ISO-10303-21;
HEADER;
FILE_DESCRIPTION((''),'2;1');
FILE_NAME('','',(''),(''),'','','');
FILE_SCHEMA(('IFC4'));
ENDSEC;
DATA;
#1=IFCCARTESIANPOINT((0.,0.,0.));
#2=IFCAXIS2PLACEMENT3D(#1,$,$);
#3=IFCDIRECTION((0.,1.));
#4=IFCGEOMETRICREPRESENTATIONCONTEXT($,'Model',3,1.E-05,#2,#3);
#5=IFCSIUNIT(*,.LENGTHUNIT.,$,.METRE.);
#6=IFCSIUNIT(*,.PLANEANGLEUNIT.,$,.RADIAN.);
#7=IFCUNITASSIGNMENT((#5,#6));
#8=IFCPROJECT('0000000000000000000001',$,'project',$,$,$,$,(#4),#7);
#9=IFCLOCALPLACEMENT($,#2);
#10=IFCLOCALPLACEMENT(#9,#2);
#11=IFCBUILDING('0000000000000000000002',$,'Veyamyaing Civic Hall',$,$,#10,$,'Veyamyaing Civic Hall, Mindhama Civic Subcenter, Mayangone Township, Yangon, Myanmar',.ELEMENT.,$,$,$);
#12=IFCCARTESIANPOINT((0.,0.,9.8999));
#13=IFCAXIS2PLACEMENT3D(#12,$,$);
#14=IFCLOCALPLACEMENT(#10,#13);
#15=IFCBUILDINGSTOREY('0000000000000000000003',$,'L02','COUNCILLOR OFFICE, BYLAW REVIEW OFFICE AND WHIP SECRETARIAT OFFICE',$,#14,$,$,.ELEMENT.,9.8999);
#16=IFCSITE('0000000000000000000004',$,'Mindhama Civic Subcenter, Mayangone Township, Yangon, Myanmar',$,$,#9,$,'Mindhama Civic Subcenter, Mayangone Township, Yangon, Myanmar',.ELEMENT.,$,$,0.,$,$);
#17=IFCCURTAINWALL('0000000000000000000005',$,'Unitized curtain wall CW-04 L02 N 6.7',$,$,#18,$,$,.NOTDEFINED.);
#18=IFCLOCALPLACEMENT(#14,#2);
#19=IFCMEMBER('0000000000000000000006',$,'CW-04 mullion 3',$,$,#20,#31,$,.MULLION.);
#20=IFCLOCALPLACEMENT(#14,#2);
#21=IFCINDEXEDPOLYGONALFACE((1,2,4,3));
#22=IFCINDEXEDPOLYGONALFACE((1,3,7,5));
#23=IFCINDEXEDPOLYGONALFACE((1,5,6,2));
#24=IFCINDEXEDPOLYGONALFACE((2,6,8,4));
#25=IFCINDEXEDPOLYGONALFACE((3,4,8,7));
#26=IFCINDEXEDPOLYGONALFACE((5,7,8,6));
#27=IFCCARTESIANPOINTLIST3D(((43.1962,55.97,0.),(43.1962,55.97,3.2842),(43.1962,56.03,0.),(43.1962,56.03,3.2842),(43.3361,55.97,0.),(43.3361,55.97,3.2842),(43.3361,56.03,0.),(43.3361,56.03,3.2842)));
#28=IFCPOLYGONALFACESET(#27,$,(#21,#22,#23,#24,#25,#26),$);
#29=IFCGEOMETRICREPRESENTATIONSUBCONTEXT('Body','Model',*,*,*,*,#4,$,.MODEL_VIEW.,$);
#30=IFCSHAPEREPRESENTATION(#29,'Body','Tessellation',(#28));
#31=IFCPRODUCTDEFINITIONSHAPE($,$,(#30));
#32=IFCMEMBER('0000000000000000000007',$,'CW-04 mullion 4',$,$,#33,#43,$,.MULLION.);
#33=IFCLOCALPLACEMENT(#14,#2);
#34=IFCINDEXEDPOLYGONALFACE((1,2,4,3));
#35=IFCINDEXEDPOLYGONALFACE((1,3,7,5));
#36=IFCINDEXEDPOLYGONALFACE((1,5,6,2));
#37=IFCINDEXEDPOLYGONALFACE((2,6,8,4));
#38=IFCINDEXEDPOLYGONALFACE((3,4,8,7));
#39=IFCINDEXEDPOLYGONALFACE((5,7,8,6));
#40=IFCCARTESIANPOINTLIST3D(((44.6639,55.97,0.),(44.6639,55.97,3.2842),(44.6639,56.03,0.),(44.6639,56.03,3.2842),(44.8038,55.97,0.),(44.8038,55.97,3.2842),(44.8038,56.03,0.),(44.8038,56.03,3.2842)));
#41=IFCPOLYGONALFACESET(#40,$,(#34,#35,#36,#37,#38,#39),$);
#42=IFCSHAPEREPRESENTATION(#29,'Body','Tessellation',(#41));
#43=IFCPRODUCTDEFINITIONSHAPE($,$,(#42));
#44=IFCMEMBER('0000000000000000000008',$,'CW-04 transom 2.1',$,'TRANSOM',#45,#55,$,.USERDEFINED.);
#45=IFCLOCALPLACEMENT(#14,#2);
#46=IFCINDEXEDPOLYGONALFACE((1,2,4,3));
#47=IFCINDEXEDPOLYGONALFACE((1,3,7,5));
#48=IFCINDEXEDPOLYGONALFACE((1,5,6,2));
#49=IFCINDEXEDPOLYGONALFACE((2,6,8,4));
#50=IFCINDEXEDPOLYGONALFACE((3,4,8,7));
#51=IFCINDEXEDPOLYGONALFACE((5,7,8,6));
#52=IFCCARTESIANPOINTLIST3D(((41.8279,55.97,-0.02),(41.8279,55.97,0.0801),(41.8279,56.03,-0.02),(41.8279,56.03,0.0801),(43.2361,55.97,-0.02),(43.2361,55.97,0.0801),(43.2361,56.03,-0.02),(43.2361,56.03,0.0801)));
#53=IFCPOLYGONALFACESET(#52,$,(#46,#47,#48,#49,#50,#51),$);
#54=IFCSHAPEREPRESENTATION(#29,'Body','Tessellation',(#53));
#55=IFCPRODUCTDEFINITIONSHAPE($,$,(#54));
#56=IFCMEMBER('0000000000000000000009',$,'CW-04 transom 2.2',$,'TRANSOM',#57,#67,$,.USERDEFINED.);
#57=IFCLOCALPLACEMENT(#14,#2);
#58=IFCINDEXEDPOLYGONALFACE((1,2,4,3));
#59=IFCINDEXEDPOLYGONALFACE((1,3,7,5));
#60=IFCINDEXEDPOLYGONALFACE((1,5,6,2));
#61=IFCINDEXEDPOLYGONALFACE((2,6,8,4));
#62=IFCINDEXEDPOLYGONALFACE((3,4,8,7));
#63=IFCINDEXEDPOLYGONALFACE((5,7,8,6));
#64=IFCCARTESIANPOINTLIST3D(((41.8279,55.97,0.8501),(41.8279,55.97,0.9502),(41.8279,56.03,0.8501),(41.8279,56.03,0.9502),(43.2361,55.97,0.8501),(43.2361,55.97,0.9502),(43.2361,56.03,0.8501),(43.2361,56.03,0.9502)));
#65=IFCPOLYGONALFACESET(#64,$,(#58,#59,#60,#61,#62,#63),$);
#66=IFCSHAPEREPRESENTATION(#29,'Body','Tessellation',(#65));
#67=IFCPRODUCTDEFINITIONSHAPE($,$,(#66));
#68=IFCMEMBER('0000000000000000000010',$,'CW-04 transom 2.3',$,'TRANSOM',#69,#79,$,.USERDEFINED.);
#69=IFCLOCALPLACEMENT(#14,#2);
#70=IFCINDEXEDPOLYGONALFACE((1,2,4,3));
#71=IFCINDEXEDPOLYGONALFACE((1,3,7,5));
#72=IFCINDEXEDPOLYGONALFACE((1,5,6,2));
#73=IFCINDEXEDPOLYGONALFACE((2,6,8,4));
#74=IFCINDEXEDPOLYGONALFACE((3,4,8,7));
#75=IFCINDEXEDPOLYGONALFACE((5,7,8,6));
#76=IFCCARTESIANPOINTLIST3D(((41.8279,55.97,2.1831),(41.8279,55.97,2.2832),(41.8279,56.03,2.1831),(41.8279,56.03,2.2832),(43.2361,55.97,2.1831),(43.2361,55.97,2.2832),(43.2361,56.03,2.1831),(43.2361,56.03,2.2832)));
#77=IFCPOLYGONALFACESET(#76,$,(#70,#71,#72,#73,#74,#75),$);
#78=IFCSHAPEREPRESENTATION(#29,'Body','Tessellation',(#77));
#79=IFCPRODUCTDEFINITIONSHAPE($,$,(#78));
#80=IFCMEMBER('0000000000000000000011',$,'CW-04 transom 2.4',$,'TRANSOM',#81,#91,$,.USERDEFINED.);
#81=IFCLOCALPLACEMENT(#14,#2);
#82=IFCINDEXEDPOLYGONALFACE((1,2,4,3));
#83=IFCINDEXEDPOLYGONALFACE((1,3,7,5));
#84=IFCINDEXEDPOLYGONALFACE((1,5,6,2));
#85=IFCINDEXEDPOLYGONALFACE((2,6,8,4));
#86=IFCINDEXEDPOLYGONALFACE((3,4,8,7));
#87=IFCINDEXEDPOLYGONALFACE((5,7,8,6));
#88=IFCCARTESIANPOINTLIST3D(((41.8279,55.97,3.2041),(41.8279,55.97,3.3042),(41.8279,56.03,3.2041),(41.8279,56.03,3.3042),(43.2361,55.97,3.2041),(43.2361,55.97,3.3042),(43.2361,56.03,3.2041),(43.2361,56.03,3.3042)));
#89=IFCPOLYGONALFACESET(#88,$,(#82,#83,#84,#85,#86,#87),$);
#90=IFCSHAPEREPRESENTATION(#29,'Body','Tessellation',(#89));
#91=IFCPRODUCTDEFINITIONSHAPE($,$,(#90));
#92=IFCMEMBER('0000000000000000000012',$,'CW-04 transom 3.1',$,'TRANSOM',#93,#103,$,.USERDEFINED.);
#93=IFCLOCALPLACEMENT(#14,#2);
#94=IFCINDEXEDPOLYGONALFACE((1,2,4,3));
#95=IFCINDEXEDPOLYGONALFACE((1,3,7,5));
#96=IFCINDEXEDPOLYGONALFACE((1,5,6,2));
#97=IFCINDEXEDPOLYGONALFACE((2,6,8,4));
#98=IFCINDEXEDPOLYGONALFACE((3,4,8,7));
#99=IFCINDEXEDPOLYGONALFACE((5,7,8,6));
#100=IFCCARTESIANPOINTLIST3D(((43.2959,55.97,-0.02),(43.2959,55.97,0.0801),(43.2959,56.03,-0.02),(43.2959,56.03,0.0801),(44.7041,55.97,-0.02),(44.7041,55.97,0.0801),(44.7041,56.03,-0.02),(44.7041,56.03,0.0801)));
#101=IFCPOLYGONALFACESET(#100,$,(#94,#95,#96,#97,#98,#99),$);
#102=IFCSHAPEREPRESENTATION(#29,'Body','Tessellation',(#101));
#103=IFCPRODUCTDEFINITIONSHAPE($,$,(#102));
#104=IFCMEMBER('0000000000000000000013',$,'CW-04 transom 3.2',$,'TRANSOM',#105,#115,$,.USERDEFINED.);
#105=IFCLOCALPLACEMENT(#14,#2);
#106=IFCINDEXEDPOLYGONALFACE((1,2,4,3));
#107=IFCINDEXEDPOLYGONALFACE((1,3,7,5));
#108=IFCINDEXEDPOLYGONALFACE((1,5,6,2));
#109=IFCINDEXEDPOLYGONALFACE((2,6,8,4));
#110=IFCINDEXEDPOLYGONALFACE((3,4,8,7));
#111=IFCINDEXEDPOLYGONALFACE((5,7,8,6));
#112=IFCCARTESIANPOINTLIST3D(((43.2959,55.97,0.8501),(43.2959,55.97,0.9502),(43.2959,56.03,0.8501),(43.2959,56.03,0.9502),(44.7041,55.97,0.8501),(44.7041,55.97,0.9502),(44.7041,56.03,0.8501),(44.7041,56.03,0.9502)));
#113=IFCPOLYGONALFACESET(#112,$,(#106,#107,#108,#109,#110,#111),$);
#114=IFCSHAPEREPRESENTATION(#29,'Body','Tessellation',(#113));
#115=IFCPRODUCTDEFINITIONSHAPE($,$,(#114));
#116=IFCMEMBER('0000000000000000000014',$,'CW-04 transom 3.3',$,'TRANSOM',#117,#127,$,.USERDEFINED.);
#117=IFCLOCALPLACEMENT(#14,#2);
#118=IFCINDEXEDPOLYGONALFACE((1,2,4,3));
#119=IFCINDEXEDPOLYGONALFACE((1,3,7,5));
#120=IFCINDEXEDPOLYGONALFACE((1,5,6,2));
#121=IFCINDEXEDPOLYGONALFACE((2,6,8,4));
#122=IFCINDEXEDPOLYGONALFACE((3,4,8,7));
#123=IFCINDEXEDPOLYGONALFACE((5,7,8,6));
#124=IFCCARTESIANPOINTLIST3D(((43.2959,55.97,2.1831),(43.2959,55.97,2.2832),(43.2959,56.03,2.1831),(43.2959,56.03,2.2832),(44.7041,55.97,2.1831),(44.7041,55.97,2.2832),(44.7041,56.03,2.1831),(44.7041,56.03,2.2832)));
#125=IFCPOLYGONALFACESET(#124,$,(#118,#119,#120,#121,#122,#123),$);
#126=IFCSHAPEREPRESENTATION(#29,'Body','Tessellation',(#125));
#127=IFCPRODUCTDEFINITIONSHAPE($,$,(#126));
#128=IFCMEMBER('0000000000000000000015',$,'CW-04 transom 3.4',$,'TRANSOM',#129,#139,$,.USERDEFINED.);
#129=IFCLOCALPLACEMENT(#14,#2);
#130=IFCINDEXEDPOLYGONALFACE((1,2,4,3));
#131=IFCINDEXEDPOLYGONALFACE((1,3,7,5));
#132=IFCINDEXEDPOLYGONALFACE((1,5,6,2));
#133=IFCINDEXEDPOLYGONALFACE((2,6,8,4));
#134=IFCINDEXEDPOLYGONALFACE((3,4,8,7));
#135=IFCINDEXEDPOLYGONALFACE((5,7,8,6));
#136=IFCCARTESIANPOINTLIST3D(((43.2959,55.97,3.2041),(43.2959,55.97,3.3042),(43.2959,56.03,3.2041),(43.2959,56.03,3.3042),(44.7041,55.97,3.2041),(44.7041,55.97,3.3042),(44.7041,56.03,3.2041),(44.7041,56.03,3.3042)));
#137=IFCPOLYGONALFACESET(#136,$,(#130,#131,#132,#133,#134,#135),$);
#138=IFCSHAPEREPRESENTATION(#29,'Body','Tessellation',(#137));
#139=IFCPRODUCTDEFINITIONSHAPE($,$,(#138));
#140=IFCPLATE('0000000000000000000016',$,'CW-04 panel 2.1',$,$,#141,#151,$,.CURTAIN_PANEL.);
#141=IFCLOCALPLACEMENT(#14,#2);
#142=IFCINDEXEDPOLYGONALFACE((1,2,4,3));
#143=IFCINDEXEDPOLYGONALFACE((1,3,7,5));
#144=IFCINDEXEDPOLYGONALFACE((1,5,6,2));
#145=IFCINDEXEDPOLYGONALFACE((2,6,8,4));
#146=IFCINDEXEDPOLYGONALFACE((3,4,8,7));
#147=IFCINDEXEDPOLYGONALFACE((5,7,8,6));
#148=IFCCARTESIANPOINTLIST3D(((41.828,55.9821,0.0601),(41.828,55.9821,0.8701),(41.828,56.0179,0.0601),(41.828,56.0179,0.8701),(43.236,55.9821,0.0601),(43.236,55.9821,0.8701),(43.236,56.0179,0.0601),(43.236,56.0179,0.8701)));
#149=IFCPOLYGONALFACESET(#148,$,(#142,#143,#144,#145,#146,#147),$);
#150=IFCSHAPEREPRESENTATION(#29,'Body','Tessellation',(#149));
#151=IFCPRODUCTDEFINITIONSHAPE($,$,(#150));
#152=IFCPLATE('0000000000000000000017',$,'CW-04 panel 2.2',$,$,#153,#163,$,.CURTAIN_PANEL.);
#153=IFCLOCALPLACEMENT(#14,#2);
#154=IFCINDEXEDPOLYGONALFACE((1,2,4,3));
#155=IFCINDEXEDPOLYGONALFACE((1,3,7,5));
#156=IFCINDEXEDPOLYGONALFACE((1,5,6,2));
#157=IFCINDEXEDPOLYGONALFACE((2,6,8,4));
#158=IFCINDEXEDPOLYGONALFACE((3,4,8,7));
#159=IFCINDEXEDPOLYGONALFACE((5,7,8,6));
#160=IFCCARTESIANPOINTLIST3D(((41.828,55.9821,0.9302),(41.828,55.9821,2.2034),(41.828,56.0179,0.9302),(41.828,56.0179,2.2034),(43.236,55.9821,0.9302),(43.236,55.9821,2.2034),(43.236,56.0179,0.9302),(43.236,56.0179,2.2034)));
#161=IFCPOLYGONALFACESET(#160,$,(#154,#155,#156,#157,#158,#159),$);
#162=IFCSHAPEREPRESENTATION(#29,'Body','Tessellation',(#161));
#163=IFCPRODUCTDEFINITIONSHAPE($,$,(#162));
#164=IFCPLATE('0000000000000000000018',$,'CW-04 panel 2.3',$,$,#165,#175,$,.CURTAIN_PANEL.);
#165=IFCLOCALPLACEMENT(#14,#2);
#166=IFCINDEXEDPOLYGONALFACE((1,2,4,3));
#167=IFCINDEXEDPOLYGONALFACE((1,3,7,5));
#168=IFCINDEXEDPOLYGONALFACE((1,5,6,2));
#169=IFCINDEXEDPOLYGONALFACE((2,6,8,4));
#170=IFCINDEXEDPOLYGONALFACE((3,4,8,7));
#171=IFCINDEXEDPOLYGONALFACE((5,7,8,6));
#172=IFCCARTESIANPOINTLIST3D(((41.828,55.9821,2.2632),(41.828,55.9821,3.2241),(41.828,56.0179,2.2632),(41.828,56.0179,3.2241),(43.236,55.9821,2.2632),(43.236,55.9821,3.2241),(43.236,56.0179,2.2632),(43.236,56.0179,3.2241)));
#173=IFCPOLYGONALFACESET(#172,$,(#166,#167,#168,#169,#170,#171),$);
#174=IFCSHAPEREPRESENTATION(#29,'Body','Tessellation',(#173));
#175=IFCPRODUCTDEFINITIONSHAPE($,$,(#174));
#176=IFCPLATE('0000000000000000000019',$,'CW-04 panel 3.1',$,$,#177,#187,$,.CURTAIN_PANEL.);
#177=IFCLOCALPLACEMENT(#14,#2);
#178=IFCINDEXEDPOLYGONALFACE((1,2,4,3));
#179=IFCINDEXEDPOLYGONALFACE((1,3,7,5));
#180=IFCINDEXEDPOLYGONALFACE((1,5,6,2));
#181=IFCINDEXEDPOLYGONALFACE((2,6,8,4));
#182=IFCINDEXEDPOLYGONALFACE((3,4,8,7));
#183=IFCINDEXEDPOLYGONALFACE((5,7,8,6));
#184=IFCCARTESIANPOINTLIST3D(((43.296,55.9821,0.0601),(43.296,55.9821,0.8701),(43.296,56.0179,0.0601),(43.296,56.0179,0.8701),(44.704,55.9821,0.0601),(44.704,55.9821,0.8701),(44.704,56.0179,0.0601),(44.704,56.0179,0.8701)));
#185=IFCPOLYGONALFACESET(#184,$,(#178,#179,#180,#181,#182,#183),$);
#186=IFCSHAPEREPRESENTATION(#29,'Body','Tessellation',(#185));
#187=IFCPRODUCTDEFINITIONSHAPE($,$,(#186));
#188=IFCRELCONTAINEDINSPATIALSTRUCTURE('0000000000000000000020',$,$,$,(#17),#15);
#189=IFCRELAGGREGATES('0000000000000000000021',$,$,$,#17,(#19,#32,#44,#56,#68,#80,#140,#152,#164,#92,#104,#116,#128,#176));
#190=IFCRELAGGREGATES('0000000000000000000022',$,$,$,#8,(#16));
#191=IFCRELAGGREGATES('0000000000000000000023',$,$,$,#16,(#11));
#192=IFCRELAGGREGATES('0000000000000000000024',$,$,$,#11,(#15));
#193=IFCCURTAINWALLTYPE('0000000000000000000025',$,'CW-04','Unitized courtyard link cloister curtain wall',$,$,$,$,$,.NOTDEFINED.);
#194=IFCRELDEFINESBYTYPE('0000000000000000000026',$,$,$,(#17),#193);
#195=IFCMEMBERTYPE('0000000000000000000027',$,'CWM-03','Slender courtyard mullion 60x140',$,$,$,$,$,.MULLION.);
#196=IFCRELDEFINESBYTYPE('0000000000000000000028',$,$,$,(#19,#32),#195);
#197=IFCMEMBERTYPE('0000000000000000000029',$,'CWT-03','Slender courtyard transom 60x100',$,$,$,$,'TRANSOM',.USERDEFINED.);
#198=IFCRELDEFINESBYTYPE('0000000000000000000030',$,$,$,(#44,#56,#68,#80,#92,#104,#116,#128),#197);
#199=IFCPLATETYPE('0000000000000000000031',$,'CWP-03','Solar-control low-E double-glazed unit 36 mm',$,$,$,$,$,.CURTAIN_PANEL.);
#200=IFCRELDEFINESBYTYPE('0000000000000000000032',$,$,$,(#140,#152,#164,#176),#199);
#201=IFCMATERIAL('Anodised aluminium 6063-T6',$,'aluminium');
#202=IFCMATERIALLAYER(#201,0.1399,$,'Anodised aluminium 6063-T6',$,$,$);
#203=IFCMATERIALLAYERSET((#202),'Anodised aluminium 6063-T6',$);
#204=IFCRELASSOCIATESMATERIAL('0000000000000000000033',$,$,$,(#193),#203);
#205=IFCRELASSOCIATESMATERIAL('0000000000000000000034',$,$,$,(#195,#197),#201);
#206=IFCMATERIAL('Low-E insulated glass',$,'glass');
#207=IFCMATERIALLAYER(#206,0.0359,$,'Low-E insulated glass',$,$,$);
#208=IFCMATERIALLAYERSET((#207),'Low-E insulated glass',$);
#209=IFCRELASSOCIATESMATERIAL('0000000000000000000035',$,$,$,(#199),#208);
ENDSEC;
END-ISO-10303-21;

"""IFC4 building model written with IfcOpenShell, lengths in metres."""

from ifc_helpers import new_model, si_unit, direction, frame, origin, origin_2d, place, context, subcontext, project, spatial, rectangle, extrude, material, layer, layer_set, material_profile, profile_set, type_object, element, aggregate, save


model = new_model("IFC4")

# Units and contexts
model_context = context("Model", 3, precision=1e-05, world=origin(), true_north=direction((0.0, 1.0)))
body_context = subcontext(model_context, "Body", "Model", "MODEL_VIEW")
ifc_project = project(units=[si_unit("LENGTHUNIT", "METRE"), si_unit("PLANEANGLEUNIT", "RADIAN")], contexts=[model_context])

# Site, building, storey
site_placement = place(None, origin())
site = spatial("IfcSite", under=ifc_project, at=site_placement, Name="Mindhama Civic Subcenter, Mayangone Township, Yangon, Myanmar", LongName="Mindhama Civic Subcenter, Mayangone Township, Yangon, Myanmar", CompositionType="ELEMENT", RefElevation=0.0)
building_placement = place(site_placement, origin())
building = spatial("IfcBuilding", under=site, at=building_placement, Name="Veyamyaing Civic Hall", LongName="Veyamyaing Civic Hall, Mindhama Civic Subcenter, Mayangone Township, Yangon, Myanmar", CompositionType="ELEMENT")
storey_placement = place(building_placement, frame((0.0, 0.0, 9.8999)))
storey = spatial("IfcBuildingStorey", under=building, at=storey_placement, Name="L02", Description="COUNCILLOR OFFICE, BYLAW REVIEW OFFICE AND WHIP SECRETARIAT OFFICE", CompositionType="ELEMENT", Elevation=9.8999)

# Curtain wall, members, plates
ifc_material_1 = material(Name="Anodised aluminium 6063-T6", Category="aluminium")
ifc_layer_1 = layer(ifc_material_1, 0.1399, Name="Anodised aluminium 6063-T6")
ifc_layer_set_1 = layer_set([ifc_layer_1], Name="Anodised aluminium 6063-T6")
curtain_wall_type = type_object("IfcCurtainWallType", Name="CW-04", Description="Unitized courtyard link cloister curtain wall", PredefinedType="NOTDEFINED", material=ifc_layer_set_1)
curtain_wall_placement = place(storey_placement, origin())
curtain_wall = element("IfcCurtainWall", 1, at=curtain_wall_placement, inside=storey, type_object=curtain_wall_type, Name="Unitized curtain wall CW-04 L02 N 6.7", PredefinedType="NOTDEFINED")
ifc_material_profile_1 = material_profile(ifc_material_1, rectangle(XDim=0.0601, YDim=0.1399, at=origin_2d()), Name="ALU-MUL-60X140")
ifc_profile_set_1 = profile_set([ifc_material_profile_1], Name="Anodised aluminium 6063-T6")
member_type_1 = type_object("IfcMemberType", Name="CWM-03", Description="Slender courtyard mullion 60x140", PredefinedType="MULLION", material=ifc_profile_set_1)
member_1_placement = place(storey_placement, frame((43.2661, 56.0, 0.0), z_axis=(0.0, 0.0, 1.0), x_axis=(0.0, 1.0, 0.0)))
member_1 = element("IfcMember", 2, at=member_1_placement, type_object=member_type_1, Name="CW-04 mullion 3", PredefinedType="MULLION", context=body_context, shape_type="SweptSolid", body=[
    extrude(rectangle(XDim=0.0601, YDim=0.1399, at=origin_2d()), origin(), (0.0, 0.0, 1.0), 3.2842),
])
member_2_placement = place(storey_placement, frame((44.7339, 56.0, 0.0), z_axis=(0.0, 0.0, 1.0), x_axis=(0.0, 1.0, 0.0)))
member_2 = element("IfcMember", 3, at=member_2_placement, type_object=member_type_1, Name="CW-04 mullion 4", PredefinedType="MULLION", context=body_context, shape_type="SweptSolid", body=[
    extrude(rectangle(XDim=0.0601, YDim=0.1399, at=origin_2d()), origin(), (0.0, 0.0, 1.0), 3.2842),
])
ifc_material_profile_2 = material_profile(ifc_material_1, rectangle(XDim=0.0601, YDim=0.1001, at=origin_2d()), Name="ALU-TRN-60X100")
ifc_profile_set_2 = profile_set([ifc_material_profile_2], Name="Anodised aluminium 6063-T6")
member_type_2 = type_object("IfcMemberType", Name="CWT-03", Description="Slender courtyard transom 60x100", ElementType="TRANSOM", PredefinedType="USERDEFINED", material=ifc_profile_set_2)
member_3_placement = place(storey_placement, frame((41.8279, 56.0, 0.03), z_axis=(1.0, 0.0, 0.0), x_axis=(0.0, 1.0, 0.0)))
member_3 = element("IfcMember", 4, at=member_3_placement, type_object=member_type_2, Name="CW-04 transom 2.1", ObjectType="TRANSOM", PredefinedType="USERDEFINED", context=body_context, shape_type="SweptSolid", body=[
    extrude(rectangle(XDim=0.0601, YDim=0.1001, at=origin_2d()), origin(), (0.0, 0.0, 1.0), 1.4082),
])
member_4_placement = place(storey_placement, frame((41.8279, 56.0, 0.9001), z_axis=(1.0, 0.0, 0.0), x_axis=(0.0, 1.0, 0.0)))
member_4 = element("IfcMember", 5, at=member_4_placement, type_object=member_type_2, Name="CW-04 transom 2.2", ObjectType="TRANSOM", PredefinedType="USERDEFINED", context=body_context, shape_type="SweptSolid", body=[
    extrude(rectangle(XDim=0.0601, YDim=0.1001, at=origin_2d()), origin(), (0.0, 0.0, 1.0), 1.4082),
])
member_5_placement = place(storey_placement, frame((41.8279, 56.0, 2.2332), z_axis=(1.0, 0.0, 0.0), x_axis=(0.0, 1.0, 0.0)))
member_5 = element("IfcMember", 6, at=member_5_placement, type_object=member_type_2, Name="CW-04 transom 2.3", ObjectType="TRANSOM", PredefinedType="USERDEFINED", context=body_context, shape_type="SweptSolid", body=[
    extrude(rectangle(XDim=0.0601, YDim=0.1001, at=origin_2d()), origin(), (0.0, 0.0, 1.0), 1.4082),
])
member_6_placement = place(storey_placement, frame((41.8279, 56.0, 3.2542), z_axis=(1.0, 0.0, 0.0), x_axis=(0.0, 1.0, 0.0)))
member_6 = element("IfcMember", 7, at=member_6_placement, type_object=member_type_2, Name="CW-04 transom 2.4", ObjectType="TRANSOM", PredefinedType="USERDEFINED", context=body_context, shape_type="SweptSolid", body=[
    extrude(rectangle(XDim=0.0601, YDim=0.1001, at=origin_2d()), origin(), (0.0, 0.0, 1.0), 1.4082),
])
member_7_placement = place(storey_placement, frame((43.2959, 56.0, 0.03), z_axis=(1.0, 0.0, 0.0), x_axis=(0.0, 1.0, 0.0)))
member_7 = element("IfcMember", 8, at=member_7_placement, type_object=member_type_2, Name="CW-04 transom 3.1", ObjectType="TRANSOM", PredefinedType="USERDEFINED", context=body_context, shape_type="SweptSolid", body=[
    extrude(rectangle(XDim=0.0601, YDim=0.1001, at=origin_2d()), origin(), (0.0, 0.0, 1.0), 1.4082),
])
member_8_placement = place(storey_placement, frame((43.2959, 56.0, 0.9001), z_axis=(1.0, 0.0, 0.0), x_axis=(0.0, 1.0, 0.0)))
member_8 = element("IfcMember", 9, at=member_8_placement, type_object=member_type_2, Name="CW-04 transom 3.2", ObjectType="TRANSOM", PredefinedType="USERDEFINED", context=body_context, shape_type="SweptSolid", body=[
    extrude(rectangle(XDim=0.0601, YDim=0.1001, at=origin_2d()), origin(), (0.0, 0.0, 1.0), 1.4082),
])
member_9_placement = place(storey_placement, frame((43.2959, 56.0, 2.2332), z_axis=(1.0, 0.0, 0.0), x_axis=(0.0, 1.0, 0.0)))
member_9 = element("IfcMember", 10, at=member_9_placement, type_object=member_type_2, Name="CW-04 transom 3.3", ObjectType="TRANSOM", PredefinedType="USERDEFINED", context=body_context, shape_type="SweptSolid", body=[
    extrude(rectangle(XDim=0.0601, YDim=0.1001, at=origin_2d()), origin(), (0.0, 0.0, 1.0), 1.4082),
])
member_10_placement = place(storey_placement, frame((43.2959, 56.0, 3.2542), z_axis=(1.0, 0.0, 0.0), x_axis=(0.0, 1.0, 0.0)))
member_10 = element("IfcMember", 11, at=member_10_placement, type_object=member_type_2, Name="CW-04 transom 3.4", ObjectType="TRANSOM", PredefinedType="USERDEFINED", context=body_context, shape_type="SweptSolid", body=[
    extrude(rectangle(XDim=0.0601, YDim=0.1001, at=origin_2d()), origin(), (0.0, 0.0, 1.0), 1.4082),
])
ifc_material_2 = material(Name="Low-E insulated glass", Category="glass")
ifc_layer_2 = layer(ifc_material_2, 0.0359, Name="Low-E insulated glass")
ifc_layer_set_2 = layer_set([ifc_layer_2], Name="Low-E insulated glass")
plate_type = type_object("IfcPlateType", Name="CWP-03", Description="Solar-control low-E double-glazed unit 36 mm", PredefinedType="CURTAIN_PANEL", material=ifc_layer_set_2)
plate_1_placement = place(storey_placement, frame((42.532, 56.0, 0.0601), z_axis=(0.0, 0.0, 1.0), x_axis=(1.0, 0.0, 0.0)))
plate_1 = element("IfcPlate", 12, at=plate_1_placement, type_object=plate_type, Name="CW-04 panel 2.1", PredefinedType="CURTAIN_PANEL", context=body_context, shape_type="SweptSolid", body=[
    extrude(rectangle(XDim=1.408, YDim=0.0359, at=origin_2d()), origin(), (0.0, 0.0, 1.0), 0.8101),
])
plate_2_placement = place(storey_placement, frame((42.532, 56.0, 0.9302), z_axis=(0.0, 0.0, 1.0), x_axis=(1.0, 0.0, 0.0)))
plate_2 = element("IfcPlate", 13, at=plate_2_placement, type_object=plate_type, Name="CW-04 panel 2.2", PredefinedType="CURTAIN_PANEL", context=body_context, shape_type="SweptSolid", body=[
    extrude(rectangle(XDim=1.408, YDim=0.0359, at=origin_2d()), origin(), (0.0, 0.0, 1.0), 1.2732),
])
plate_3_placement = place(storey_placement, frame((42.532, 56.0, 2.2632), z_axis=(0.0, 0.0, 1.0), x_axis=(1.0, 0.0, 0.0)))
plate_3 = element("IfcPlate", 14, at=plate_3_placement, type_object=plate_type, Name="CW-04 panel 2.3", PredefinedType="CURTAIN_PANEL", context=body_context, shape_type="SweptSolid", body=[
    extrude(rectangle(XDim=1.408, YDim=0.0359, at=origin_2d()), origin(), (0.0, 0.0, 1.0), 0.9609),
])
plate_4_placement = place(storey_placement, frame((44.0, 56.0, 0.0601), z_axis=(0.0, 0.0, 1.0), x_axis=(1.0, 0.0, 0.0)))
plate_4 = element("IfcPlate", 15, at=plate_4_placement, type_object=plate_type, Name="CW-04 panel 3.1", PredefinedType="CURTAIN_PANEL", context=body_context, shape_type="SweptSolid", body=[
    extrude(rectangle(XDim=1.408, YDim=0.0359, at=origin_2d()), origin(), (0.0, 0.0, 1.0), 0.8101),
])
aggregate(curtain_wall, [member_1, member_2, member_3, member_4, member_5, member_6, plate_1, plate_2, plate_3, member_7, member_8, member_9, member_10, plate_4])

save(model, "model.ifc")
